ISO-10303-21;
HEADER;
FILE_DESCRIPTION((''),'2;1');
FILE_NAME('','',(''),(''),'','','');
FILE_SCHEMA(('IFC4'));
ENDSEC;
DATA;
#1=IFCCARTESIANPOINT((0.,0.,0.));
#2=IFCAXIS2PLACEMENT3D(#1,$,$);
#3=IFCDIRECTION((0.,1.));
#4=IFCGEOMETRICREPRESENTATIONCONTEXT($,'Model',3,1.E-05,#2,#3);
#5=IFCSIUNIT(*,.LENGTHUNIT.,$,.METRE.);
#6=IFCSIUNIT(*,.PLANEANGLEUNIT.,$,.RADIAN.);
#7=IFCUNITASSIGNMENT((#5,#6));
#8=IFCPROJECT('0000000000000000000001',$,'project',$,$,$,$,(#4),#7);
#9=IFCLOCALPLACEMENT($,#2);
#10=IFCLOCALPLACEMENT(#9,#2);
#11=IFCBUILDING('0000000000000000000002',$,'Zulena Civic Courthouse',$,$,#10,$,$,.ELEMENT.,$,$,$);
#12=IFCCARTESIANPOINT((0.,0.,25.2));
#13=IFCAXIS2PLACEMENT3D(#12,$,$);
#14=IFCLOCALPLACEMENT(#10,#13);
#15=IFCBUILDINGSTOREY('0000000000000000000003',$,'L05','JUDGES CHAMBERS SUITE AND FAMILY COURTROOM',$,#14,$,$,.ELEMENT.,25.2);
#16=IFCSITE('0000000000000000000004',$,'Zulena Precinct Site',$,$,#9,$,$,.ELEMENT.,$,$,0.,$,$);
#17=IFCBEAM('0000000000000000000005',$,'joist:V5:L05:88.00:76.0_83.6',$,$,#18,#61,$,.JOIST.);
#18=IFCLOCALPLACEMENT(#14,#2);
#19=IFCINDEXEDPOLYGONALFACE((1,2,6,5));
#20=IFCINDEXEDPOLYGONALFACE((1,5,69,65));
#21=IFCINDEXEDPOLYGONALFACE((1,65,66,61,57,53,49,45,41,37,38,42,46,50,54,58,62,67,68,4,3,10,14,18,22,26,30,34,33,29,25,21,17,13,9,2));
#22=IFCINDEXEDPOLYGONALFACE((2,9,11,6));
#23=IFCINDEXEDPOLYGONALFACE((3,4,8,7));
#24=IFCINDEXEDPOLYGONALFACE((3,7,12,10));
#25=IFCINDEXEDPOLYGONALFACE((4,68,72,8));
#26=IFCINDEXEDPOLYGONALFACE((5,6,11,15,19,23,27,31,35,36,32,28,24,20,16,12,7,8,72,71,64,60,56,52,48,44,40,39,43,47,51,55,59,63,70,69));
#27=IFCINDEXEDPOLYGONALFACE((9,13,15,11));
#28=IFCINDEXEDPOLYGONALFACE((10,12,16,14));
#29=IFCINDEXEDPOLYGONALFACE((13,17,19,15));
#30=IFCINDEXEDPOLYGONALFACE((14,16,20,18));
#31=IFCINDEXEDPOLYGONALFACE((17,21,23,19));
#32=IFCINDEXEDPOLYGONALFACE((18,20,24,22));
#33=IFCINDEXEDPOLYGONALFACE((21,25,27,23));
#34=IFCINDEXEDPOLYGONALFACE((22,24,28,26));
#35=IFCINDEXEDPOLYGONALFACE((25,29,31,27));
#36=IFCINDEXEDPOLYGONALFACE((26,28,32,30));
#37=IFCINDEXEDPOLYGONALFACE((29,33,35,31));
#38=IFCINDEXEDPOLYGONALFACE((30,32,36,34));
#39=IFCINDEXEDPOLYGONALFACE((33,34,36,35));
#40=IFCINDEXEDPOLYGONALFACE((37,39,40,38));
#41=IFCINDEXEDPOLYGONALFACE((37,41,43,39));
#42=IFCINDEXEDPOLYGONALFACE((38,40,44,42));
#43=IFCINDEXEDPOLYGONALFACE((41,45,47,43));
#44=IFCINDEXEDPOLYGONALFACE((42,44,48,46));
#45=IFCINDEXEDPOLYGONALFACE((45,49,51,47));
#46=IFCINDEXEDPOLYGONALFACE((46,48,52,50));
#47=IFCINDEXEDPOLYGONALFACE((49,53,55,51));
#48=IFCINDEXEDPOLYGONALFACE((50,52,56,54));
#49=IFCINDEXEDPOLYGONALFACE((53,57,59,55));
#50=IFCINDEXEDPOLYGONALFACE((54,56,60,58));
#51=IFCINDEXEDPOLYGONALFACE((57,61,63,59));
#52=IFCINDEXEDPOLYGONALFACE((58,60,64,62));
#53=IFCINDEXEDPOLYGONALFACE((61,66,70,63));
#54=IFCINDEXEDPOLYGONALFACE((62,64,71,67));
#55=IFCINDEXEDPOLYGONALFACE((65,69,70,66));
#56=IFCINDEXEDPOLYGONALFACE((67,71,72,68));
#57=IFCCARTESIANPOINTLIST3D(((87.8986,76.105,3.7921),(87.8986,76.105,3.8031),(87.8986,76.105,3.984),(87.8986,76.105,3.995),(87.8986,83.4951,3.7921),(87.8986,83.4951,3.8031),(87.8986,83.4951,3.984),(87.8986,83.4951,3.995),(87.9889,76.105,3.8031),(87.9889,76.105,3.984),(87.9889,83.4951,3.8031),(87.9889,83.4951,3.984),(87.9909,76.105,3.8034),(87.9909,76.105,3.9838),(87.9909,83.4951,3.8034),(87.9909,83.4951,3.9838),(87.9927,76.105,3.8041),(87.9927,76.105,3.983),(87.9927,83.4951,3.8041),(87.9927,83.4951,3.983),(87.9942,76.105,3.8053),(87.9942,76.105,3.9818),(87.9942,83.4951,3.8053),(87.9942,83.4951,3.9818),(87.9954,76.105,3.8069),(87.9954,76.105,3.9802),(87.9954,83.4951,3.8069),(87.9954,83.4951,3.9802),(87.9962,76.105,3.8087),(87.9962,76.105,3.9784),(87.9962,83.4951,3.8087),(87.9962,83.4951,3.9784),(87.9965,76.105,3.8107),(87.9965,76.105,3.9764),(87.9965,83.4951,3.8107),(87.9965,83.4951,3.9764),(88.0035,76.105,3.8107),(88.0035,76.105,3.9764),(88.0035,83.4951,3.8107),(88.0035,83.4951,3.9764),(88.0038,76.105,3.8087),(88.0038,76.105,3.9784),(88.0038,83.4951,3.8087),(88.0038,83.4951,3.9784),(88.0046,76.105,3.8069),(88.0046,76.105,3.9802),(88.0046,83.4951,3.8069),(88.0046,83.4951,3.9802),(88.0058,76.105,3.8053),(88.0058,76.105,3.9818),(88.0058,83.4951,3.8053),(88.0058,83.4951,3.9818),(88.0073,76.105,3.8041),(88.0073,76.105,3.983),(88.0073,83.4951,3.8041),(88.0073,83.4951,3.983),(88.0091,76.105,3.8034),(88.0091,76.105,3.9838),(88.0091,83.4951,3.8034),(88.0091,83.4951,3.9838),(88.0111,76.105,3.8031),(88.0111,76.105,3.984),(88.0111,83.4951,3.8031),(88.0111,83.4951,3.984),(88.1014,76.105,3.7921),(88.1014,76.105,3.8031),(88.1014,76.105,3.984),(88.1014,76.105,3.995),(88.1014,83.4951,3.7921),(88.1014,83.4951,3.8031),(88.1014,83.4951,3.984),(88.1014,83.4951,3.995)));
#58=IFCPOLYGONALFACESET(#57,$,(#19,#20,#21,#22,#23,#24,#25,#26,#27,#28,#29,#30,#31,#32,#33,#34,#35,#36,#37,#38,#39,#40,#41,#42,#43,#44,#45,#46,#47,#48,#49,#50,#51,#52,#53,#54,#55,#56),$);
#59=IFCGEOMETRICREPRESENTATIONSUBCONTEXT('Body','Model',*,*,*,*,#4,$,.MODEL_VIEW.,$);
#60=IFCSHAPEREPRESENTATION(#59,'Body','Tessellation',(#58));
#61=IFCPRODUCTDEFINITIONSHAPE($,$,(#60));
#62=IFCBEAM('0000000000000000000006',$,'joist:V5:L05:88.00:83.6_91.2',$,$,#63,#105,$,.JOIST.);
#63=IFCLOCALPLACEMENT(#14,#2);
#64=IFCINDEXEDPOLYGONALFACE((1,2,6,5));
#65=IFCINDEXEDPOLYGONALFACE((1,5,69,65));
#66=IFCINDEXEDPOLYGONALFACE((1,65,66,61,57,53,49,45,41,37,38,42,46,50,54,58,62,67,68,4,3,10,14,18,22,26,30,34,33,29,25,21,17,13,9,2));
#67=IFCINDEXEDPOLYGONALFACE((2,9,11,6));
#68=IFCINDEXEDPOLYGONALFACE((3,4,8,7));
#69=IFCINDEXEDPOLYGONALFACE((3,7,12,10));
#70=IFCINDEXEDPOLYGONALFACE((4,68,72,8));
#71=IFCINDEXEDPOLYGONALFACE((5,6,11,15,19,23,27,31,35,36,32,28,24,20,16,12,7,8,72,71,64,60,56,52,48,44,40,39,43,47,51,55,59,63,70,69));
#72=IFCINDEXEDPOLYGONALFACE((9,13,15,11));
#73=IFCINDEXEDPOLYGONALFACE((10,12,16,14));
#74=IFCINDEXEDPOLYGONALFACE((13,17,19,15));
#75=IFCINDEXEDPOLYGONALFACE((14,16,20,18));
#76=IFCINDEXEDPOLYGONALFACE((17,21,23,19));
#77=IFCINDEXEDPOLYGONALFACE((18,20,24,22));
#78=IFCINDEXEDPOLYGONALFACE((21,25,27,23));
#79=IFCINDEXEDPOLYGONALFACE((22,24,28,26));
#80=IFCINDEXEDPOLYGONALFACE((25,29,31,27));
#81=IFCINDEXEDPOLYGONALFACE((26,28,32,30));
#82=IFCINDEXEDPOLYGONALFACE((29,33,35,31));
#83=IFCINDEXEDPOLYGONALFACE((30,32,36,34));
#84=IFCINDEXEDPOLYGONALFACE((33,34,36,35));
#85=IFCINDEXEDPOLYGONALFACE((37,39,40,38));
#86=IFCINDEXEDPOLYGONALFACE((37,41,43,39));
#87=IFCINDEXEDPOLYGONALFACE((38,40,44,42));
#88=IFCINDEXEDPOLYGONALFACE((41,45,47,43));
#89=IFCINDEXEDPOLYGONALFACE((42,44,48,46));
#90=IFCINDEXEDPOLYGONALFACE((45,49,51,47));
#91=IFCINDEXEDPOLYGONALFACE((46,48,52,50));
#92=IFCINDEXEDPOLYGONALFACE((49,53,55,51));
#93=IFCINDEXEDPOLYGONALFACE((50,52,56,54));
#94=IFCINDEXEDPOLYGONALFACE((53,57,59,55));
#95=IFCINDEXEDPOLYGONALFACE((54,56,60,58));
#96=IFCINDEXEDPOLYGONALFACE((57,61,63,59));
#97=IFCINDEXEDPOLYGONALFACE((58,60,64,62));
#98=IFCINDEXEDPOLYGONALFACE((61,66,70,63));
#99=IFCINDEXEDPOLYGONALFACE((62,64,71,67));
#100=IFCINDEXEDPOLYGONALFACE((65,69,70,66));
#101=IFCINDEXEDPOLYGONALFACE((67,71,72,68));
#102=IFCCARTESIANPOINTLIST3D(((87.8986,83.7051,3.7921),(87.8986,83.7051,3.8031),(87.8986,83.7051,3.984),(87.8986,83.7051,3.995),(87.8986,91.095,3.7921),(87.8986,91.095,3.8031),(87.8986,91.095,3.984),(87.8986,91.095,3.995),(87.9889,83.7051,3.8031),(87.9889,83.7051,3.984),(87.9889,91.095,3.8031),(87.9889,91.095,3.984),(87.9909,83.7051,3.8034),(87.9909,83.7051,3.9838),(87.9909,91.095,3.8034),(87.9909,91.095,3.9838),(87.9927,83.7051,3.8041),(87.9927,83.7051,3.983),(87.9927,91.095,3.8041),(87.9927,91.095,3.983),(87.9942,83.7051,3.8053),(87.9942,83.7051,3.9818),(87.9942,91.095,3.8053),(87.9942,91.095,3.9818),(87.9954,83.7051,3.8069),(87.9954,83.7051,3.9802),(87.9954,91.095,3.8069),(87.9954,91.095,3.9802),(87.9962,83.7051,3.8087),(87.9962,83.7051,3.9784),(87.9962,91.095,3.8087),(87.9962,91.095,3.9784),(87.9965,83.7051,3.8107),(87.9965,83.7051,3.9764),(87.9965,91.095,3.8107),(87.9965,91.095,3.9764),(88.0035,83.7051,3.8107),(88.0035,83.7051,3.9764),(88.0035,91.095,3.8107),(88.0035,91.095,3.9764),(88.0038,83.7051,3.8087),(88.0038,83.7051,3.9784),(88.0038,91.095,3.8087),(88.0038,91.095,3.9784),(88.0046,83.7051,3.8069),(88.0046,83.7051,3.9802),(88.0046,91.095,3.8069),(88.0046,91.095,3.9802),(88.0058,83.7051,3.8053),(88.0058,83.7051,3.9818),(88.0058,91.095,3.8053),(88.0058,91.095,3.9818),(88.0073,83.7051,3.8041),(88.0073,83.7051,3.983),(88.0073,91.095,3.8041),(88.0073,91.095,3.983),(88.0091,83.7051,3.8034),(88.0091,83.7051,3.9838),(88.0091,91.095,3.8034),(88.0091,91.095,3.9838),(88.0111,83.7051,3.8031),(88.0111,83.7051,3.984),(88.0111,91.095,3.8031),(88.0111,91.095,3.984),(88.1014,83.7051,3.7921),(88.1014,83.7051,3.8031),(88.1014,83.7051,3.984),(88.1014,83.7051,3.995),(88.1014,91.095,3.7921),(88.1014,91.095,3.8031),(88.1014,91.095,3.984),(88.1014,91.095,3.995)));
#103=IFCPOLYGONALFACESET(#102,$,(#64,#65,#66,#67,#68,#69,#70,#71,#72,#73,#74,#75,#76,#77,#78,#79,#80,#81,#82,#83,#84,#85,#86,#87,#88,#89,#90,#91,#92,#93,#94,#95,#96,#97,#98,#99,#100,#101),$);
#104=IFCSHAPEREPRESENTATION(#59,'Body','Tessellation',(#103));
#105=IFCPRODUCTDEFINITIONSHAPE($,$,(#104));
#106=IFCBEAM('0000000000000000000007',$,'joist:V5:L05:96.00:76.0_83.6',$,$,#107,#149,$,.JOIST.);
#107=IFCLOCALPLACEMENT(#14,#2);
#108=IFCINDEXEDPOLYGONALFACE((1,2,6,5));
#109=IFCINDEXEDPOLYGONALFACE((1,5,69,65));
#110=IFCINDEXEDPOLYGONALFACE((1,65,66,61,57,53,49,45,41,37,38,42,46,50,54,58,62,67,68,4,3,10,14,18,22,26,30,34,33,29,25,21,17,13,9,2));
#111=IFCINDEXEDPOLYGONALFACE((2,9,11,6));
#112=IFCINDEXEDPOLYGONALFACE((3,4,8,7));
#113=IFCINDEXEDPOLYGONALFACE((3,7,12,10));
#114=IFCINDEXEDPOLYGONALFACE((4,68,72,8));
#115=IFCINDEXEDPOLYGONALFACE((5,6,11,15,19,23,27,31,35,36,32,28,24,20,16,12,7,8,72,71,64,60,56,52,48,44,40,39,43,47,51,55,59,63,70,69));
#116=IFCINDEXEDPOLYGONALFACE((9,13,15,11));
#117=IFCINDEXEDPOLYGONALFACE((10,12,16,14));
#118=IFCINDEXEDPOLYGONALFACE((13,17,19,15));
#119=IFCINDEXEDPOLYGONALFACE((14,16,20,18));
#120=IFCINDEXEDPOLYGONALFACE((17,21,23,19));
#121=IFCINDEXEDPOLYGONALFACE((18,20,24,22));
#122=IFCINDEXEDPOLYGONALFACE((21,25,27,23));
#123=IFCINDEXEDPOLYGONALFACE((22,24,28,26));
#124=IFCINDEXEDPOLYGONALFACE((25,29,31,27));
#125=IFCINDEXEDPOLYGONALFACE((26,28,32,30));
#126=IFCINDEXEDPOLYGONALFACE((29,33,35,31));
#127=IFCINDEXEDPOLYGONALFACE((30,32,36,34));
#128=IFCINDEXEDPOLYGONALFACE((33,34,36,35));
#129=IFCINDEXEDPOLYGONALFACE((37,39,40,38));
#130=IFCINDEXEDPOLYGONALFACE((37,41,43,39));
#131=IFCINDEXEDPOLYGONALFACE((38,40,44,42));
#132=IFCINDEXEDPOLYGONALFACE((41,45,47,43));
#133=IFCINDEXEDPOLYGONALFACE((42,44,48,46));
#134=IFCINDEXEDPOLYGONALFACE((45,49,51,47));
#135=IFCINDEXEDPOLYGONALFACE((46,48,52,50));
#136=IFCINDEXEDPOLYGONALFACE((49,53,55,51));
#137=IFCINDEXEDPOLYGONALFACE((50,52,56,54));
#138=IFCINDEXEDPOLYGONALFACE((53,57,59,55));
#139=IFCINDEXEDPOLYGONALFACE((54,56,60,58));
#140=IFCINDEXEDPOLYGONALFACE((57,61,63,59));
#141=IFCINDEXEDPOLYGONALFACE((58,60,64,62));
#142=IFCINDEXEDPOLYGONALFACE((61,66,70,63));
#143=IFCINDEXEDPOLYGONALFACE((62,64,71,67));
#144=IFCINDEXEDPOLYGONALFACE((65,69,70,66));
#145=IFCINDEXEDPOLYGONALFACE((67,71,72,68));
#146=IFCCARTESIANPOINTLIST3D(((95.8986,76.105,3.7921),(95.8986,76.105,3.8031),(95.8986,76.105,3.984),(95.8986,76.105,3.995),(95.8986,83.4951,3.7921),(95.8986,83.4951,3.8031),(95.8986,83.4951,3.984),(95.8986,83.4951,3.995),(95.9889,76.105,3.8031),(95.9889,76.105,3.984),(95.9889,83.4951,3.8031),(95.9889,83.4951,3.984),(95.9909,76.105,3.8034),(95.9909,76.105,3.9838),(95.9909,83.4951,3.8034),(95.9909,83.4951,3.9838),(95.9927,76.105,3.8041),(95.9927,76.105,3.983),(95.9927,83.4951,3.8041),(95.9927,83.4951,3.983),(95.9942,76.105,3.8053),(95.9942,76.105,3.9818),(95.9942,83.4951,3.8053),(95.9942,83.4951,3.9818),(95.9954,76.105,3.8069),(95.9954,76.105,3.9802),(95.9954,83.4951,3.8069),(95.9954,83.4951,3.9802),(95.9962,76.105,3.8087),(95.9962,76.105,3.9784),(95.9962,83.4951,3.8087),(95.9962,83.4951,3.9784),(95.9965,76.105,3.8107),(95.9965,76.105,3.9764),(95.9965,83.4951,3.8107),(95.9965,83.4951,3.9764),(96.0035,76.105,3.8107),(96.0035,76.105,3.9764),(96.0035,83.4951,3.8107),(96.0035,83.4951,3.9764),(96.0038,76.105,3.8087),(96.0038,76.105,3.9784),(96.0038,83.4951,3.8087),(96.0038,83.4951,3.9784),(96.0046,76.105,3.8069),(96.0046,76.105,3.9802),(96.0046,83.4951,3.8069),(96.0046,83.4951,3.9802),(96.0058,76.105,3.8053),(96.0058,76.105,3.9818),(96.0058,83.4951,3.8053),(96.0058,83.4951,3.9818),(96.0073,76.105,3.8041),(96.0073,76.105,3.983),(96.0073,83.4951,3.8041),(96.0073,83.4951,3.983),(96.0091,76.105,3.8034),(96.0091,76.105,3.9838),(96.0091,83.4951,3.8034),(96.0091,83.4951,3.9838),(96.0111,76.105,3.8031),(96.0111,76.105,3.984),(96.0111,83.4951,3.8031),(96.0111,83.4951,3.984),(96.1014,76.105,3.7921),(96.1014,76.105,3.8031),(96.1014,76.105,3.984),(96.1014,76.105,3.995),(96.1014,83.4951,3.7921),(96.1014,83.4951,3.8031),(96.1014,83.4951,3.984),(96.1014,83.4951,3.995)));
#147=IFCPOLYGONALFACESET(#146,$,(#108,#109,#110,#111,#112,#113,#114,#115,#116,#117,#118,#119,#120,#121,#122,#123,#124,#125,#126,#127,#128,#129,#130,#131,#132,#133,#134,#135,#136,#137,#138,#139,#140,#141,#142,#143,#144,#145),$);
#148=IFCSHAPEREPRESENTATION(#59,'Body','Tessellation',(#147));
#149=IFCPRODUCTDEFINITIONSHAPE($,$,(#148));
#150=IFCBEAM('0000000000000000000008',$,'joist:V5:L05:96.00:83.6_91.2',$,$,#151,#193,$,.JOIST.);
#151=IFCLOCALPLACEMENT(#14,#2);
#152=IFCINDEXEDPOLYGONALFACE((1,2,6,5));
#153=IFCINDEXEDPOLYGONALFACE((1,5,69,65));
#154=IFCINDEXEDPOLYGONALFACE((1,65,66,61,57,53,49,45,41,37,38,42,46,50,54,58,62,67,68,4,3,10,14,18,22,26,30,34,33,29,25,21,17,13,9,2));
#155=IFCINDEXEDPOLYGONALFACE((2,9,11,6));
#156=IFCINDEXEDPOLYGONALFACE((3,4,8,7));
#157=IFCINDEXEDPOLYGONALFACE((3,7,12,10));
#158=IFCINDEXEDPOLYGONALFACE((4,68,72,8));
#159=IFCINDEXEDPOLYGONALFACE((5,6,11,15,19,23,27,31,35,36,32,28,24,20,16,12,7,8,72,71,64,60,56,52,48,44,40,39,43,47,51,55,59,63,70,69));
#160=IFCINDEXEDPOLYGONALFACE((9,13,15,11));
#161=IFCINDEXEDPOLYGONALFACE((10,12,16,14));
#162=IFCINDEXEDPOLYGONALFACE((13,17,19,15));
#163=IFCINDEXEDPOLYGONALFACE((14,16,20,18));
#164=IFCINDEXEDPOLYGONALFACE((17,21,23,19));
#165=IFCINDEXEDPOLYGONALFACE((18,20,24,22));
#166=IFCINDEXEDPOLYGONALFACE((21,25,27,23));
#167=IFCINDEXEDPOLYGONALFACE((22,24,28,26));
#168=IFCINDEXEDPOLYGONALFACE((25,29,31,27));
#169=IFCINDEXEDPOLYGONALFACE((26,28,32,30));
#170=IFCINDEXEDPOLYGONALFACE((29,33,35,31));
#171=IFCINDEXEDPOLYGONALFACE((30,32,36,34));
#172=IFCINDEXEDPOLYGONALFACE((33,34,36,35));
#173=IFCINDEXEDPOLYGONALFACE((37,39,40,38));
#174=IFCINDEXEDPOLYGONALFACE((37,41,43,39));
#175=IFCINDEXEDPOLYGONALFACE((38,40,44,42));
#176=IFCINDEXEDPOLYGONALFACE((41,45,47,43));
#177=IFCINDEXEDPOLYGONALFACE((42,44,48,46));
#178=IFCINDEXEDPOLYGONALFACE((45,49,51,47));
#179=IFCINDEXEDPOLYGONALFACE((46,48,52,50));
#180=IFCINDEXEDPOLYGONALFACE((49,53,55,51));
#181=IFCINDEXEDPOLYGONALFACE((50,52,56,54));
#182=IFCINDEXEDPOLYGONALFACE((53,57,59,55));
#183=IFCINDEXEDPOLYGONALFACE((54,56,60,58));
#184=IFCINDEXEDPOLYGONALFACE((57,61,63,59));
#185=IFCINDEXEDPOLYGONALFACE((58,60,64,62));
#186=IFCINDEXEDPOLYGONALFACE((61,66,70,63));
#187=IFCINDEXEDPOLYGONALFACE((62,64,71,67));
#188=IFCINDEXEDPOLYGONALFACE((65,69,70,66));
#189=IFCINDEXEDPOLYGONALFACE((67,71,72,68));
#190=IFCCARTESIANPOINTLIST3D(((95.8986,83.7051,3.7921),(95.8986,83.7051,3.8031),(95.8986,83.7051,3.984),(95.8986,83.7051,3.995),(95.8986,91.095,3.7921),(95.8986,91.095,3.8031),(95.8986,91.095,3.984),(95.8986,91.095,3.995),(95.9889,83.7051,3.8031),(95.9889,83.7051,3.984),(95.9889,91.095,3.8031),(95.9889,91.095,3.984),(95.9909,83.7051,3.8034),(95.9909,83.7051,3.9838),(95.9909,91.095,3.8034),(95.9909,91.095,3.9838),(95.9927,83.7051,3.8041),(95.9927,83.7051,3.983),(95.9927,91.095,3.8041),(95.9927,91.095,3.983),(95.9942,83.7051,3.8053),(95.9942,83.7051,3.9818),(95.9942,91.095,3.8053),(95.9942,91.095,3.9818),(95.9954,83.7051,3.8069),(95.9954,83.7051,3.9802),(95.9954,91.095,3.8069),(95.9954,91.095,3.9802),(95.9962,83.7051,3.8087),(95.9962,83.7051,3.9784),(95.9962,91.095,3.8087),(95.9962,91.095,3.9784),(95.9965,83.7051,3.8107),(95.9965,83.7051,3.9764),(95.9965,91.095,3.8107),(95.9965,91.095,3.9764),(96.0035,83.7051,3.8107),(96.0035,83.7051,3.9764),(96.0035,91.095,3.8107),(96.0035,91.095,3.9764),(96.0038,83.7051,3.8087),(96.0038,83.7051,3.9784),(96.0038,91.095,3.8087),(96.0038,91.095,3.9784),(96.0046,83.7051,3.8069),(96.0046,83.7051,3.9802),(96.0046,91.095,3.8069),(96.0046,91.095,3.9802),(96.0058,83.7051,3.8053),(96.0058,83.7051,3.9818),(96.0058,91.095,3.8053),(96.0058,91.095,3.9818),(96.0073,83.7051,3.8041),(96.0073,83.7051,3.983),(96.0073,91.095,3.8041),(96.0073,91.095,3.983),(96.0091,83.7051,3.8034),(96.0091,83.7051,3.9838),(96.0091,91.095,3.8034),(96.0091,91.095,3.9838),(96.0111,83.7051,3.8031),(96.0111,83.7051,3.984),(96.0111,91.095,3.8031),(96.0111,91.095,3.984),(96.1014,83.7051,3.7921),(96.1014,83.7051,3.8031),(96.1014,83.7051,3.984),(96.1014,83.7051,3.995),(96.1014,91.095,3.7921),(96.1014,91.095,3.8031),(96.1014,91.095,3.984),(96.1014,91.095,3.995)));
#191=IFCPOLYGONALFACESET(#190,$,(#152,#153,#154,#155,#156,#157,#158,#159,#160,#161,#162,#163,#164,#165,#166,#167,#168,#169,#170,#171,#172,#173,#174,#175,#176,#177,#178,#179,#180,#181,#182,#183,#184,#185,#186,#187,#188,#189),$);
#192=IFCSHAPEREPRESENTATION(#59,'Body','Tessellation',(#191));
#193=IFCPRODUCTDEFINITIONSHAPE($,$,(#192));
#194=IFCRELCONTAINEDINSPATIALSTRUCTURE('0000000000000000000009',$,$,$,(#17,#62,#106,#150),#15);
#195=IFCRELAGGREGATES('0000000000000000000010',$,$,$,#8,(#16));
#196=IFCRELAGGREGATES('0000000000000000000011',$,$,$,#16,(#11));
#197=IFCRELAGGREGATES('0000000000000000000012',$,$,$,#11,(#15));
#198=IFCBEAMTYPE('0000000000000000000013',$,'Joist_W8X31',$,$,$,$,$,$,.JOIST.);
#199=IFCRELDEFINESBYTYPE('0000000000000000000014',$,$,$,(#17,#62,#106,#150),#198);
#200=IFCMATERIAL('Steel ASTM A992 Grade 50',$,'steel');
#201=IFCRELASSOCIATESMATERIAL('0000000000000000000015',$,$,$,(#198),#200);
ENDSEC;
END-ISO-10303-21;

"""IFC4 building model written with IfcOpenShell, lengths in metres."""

from ifc_helpers import new_model, si_unit, direction, frame, origin, origin_2d, place, context, subcontext, project, spatial, i_section, extrude, material, material_profile, profile_set, type_object, element, save


model = new_model("IFC4")

# Units and contexts
model_context = context("Model", 3, precision=1e-05, world=origin(), true_north=direction((0.0, 1.0)))
body_context = subcontext(model_context, "Body", "Model", "MODEL_VIEW")
ifc_project = project(units=[si_unit("LENGTHUNIT", "METRE"), si_unit("PLANEANGLEUNIT", "RADIAN")], contexts=[model_context])

# Site, building, storey
site_placement = place(None, origin())
site = spatial("IfcSite", under=ifc_project, at=site_placement, Name="Zulena Precinct Site", CompositionType="ELEMENT", RefElevation=0.0)
building_placement = place(site_placement, origin())
building = spatial("IfcBuilding", under=site, at=building_placement, Name="Zulena Civic Courthouse", CompositionType="ELEMENT")
storey_placement = place(building_placement, frame((0.0, 0.0, 25.2)))
storey = spatial("IfcBuildingStorey", under=building, at=storey_placement, Name="L05", Description="JUDGES CHAMBERS SUITE AND FAMILY COURTROOM", CompositionType="ELEMENT", Elevation=25.2)

# Shared definitions
ifc_material_1 = material(Name="Steel ASTM A992 Grade 50", Category="steel")

# Beams
ifc_material_profile_1 = material_profile(ifc_material_1, i_section(OverallWidth=0.2029, OverallDepth=0.2029, WebThickness=0.0071, FlangeThickness=0.011, FilletRadius=0.0076, at=origin_2d()), Name="W8X31")
ifc_profile_set_1 = profile_set([ifc_material_profile_1], Name="Steel ASTM A992 Grade 50")
beam_type_1 = type_object("IfcBeamType", Name="Joist_W8X31", PredefinedType="JOIST", material=ifc_profile_set_1)
beam_1_placement = place(storey_placement, frame((88.0, 76.105, 3.8936), z_axis=(0.0, 1.0, 0.0), x_axis=(-1.0, 0.0, 0.0)))
element("IfcBeam", 1, at=beam_1_placement, inside=storey, type_object=beam_type_1, Name="joist:V5:L05:88.00:76.0_83.6", PredefinedType="JOIST", context=body_context, shape_type="SweptSolid", body=[
    extrude(i_section(OverallWidth=0.2029, OverallDepth=0.2029, WebThickness=0.0071, FlangeThickness=0.011, FilletRadius=0.0076, at=origin_2d()), origin(), (0.0, 0.0, 1.0), 7.3901),
])
beam_2_placement = place(storey_placement, frame((88.0, 83.7051, 3.8936), z_axis=(0.0, 1.0, 0.0), x_axis=(-1.0, 0.0, 0.0)))
element("IfcBeam", 2, at=beam_2_placement, inside=storey, type_object=beam_type_1, Name="joist:V5:L05:88.00:83.6_91.2", PredefinedType="JOIST", context=body_context, shape_type="SweptSolid", body=[
    extrude(i_section(OverallWidth=0.2029, OverallDepth=0.2029, WebThickness=0.0071, FlangeThickness=0.011, FilletRadius=0.0076, at=origin_2d()), origin(), (0.0, 0.0, 1.0), 7.3899),
])
beam_3_placement = place(storey_placement, frame((96.0, 76.105, 3.8936), z_axis=(0.0, 1.0, 0.0), x_axis=(-1.0, 0.0, 0.0)))
element("IfcBeam", 3, at=beam_3_placement, inside=storey, type_object=beam_type_1, Name="joist:V5:L05:96.00:76.0_83.6", PredefinedType="JOIST", context=body_context, shape_type="SweptSolid", body=[
    extrude(i_section(OverallWidth=0.2029, OverallDepth=0.2029, WebThickness=0.0071, FlangeThickness=0.011, FilletRadius=0.0076, at=origin_2d()), origin(), (0.0, 0.0, 1.0), 7.3901),
])
beam_4_placement = place(storey_placement, frame((96.0, 83.7051, 3.8936), z_axis=(0.0, 1.0, 0.0), x_axis=(-1.0, 0.0, 0.0)))
element("IfcBeam", 4, at=beam_4_placement, inside=storey, type_object=beam_type_1, Name="joist:V5:L05:96.00:83.6_91.2", PredefinedType="JOIST", context=body_context, shape_type="SweptSolid", body=[
    extrude(i_section(OverallWidth=0.2029, OverallDepth=0.2029, WebThickness=0.0071, FlangeThickness=0.011, FilletRadius=0.0076, at=origin_2d()), origin(), (0.0, 0.0, 1.0), 7.3899),
])

save(model, "model.ifc")
